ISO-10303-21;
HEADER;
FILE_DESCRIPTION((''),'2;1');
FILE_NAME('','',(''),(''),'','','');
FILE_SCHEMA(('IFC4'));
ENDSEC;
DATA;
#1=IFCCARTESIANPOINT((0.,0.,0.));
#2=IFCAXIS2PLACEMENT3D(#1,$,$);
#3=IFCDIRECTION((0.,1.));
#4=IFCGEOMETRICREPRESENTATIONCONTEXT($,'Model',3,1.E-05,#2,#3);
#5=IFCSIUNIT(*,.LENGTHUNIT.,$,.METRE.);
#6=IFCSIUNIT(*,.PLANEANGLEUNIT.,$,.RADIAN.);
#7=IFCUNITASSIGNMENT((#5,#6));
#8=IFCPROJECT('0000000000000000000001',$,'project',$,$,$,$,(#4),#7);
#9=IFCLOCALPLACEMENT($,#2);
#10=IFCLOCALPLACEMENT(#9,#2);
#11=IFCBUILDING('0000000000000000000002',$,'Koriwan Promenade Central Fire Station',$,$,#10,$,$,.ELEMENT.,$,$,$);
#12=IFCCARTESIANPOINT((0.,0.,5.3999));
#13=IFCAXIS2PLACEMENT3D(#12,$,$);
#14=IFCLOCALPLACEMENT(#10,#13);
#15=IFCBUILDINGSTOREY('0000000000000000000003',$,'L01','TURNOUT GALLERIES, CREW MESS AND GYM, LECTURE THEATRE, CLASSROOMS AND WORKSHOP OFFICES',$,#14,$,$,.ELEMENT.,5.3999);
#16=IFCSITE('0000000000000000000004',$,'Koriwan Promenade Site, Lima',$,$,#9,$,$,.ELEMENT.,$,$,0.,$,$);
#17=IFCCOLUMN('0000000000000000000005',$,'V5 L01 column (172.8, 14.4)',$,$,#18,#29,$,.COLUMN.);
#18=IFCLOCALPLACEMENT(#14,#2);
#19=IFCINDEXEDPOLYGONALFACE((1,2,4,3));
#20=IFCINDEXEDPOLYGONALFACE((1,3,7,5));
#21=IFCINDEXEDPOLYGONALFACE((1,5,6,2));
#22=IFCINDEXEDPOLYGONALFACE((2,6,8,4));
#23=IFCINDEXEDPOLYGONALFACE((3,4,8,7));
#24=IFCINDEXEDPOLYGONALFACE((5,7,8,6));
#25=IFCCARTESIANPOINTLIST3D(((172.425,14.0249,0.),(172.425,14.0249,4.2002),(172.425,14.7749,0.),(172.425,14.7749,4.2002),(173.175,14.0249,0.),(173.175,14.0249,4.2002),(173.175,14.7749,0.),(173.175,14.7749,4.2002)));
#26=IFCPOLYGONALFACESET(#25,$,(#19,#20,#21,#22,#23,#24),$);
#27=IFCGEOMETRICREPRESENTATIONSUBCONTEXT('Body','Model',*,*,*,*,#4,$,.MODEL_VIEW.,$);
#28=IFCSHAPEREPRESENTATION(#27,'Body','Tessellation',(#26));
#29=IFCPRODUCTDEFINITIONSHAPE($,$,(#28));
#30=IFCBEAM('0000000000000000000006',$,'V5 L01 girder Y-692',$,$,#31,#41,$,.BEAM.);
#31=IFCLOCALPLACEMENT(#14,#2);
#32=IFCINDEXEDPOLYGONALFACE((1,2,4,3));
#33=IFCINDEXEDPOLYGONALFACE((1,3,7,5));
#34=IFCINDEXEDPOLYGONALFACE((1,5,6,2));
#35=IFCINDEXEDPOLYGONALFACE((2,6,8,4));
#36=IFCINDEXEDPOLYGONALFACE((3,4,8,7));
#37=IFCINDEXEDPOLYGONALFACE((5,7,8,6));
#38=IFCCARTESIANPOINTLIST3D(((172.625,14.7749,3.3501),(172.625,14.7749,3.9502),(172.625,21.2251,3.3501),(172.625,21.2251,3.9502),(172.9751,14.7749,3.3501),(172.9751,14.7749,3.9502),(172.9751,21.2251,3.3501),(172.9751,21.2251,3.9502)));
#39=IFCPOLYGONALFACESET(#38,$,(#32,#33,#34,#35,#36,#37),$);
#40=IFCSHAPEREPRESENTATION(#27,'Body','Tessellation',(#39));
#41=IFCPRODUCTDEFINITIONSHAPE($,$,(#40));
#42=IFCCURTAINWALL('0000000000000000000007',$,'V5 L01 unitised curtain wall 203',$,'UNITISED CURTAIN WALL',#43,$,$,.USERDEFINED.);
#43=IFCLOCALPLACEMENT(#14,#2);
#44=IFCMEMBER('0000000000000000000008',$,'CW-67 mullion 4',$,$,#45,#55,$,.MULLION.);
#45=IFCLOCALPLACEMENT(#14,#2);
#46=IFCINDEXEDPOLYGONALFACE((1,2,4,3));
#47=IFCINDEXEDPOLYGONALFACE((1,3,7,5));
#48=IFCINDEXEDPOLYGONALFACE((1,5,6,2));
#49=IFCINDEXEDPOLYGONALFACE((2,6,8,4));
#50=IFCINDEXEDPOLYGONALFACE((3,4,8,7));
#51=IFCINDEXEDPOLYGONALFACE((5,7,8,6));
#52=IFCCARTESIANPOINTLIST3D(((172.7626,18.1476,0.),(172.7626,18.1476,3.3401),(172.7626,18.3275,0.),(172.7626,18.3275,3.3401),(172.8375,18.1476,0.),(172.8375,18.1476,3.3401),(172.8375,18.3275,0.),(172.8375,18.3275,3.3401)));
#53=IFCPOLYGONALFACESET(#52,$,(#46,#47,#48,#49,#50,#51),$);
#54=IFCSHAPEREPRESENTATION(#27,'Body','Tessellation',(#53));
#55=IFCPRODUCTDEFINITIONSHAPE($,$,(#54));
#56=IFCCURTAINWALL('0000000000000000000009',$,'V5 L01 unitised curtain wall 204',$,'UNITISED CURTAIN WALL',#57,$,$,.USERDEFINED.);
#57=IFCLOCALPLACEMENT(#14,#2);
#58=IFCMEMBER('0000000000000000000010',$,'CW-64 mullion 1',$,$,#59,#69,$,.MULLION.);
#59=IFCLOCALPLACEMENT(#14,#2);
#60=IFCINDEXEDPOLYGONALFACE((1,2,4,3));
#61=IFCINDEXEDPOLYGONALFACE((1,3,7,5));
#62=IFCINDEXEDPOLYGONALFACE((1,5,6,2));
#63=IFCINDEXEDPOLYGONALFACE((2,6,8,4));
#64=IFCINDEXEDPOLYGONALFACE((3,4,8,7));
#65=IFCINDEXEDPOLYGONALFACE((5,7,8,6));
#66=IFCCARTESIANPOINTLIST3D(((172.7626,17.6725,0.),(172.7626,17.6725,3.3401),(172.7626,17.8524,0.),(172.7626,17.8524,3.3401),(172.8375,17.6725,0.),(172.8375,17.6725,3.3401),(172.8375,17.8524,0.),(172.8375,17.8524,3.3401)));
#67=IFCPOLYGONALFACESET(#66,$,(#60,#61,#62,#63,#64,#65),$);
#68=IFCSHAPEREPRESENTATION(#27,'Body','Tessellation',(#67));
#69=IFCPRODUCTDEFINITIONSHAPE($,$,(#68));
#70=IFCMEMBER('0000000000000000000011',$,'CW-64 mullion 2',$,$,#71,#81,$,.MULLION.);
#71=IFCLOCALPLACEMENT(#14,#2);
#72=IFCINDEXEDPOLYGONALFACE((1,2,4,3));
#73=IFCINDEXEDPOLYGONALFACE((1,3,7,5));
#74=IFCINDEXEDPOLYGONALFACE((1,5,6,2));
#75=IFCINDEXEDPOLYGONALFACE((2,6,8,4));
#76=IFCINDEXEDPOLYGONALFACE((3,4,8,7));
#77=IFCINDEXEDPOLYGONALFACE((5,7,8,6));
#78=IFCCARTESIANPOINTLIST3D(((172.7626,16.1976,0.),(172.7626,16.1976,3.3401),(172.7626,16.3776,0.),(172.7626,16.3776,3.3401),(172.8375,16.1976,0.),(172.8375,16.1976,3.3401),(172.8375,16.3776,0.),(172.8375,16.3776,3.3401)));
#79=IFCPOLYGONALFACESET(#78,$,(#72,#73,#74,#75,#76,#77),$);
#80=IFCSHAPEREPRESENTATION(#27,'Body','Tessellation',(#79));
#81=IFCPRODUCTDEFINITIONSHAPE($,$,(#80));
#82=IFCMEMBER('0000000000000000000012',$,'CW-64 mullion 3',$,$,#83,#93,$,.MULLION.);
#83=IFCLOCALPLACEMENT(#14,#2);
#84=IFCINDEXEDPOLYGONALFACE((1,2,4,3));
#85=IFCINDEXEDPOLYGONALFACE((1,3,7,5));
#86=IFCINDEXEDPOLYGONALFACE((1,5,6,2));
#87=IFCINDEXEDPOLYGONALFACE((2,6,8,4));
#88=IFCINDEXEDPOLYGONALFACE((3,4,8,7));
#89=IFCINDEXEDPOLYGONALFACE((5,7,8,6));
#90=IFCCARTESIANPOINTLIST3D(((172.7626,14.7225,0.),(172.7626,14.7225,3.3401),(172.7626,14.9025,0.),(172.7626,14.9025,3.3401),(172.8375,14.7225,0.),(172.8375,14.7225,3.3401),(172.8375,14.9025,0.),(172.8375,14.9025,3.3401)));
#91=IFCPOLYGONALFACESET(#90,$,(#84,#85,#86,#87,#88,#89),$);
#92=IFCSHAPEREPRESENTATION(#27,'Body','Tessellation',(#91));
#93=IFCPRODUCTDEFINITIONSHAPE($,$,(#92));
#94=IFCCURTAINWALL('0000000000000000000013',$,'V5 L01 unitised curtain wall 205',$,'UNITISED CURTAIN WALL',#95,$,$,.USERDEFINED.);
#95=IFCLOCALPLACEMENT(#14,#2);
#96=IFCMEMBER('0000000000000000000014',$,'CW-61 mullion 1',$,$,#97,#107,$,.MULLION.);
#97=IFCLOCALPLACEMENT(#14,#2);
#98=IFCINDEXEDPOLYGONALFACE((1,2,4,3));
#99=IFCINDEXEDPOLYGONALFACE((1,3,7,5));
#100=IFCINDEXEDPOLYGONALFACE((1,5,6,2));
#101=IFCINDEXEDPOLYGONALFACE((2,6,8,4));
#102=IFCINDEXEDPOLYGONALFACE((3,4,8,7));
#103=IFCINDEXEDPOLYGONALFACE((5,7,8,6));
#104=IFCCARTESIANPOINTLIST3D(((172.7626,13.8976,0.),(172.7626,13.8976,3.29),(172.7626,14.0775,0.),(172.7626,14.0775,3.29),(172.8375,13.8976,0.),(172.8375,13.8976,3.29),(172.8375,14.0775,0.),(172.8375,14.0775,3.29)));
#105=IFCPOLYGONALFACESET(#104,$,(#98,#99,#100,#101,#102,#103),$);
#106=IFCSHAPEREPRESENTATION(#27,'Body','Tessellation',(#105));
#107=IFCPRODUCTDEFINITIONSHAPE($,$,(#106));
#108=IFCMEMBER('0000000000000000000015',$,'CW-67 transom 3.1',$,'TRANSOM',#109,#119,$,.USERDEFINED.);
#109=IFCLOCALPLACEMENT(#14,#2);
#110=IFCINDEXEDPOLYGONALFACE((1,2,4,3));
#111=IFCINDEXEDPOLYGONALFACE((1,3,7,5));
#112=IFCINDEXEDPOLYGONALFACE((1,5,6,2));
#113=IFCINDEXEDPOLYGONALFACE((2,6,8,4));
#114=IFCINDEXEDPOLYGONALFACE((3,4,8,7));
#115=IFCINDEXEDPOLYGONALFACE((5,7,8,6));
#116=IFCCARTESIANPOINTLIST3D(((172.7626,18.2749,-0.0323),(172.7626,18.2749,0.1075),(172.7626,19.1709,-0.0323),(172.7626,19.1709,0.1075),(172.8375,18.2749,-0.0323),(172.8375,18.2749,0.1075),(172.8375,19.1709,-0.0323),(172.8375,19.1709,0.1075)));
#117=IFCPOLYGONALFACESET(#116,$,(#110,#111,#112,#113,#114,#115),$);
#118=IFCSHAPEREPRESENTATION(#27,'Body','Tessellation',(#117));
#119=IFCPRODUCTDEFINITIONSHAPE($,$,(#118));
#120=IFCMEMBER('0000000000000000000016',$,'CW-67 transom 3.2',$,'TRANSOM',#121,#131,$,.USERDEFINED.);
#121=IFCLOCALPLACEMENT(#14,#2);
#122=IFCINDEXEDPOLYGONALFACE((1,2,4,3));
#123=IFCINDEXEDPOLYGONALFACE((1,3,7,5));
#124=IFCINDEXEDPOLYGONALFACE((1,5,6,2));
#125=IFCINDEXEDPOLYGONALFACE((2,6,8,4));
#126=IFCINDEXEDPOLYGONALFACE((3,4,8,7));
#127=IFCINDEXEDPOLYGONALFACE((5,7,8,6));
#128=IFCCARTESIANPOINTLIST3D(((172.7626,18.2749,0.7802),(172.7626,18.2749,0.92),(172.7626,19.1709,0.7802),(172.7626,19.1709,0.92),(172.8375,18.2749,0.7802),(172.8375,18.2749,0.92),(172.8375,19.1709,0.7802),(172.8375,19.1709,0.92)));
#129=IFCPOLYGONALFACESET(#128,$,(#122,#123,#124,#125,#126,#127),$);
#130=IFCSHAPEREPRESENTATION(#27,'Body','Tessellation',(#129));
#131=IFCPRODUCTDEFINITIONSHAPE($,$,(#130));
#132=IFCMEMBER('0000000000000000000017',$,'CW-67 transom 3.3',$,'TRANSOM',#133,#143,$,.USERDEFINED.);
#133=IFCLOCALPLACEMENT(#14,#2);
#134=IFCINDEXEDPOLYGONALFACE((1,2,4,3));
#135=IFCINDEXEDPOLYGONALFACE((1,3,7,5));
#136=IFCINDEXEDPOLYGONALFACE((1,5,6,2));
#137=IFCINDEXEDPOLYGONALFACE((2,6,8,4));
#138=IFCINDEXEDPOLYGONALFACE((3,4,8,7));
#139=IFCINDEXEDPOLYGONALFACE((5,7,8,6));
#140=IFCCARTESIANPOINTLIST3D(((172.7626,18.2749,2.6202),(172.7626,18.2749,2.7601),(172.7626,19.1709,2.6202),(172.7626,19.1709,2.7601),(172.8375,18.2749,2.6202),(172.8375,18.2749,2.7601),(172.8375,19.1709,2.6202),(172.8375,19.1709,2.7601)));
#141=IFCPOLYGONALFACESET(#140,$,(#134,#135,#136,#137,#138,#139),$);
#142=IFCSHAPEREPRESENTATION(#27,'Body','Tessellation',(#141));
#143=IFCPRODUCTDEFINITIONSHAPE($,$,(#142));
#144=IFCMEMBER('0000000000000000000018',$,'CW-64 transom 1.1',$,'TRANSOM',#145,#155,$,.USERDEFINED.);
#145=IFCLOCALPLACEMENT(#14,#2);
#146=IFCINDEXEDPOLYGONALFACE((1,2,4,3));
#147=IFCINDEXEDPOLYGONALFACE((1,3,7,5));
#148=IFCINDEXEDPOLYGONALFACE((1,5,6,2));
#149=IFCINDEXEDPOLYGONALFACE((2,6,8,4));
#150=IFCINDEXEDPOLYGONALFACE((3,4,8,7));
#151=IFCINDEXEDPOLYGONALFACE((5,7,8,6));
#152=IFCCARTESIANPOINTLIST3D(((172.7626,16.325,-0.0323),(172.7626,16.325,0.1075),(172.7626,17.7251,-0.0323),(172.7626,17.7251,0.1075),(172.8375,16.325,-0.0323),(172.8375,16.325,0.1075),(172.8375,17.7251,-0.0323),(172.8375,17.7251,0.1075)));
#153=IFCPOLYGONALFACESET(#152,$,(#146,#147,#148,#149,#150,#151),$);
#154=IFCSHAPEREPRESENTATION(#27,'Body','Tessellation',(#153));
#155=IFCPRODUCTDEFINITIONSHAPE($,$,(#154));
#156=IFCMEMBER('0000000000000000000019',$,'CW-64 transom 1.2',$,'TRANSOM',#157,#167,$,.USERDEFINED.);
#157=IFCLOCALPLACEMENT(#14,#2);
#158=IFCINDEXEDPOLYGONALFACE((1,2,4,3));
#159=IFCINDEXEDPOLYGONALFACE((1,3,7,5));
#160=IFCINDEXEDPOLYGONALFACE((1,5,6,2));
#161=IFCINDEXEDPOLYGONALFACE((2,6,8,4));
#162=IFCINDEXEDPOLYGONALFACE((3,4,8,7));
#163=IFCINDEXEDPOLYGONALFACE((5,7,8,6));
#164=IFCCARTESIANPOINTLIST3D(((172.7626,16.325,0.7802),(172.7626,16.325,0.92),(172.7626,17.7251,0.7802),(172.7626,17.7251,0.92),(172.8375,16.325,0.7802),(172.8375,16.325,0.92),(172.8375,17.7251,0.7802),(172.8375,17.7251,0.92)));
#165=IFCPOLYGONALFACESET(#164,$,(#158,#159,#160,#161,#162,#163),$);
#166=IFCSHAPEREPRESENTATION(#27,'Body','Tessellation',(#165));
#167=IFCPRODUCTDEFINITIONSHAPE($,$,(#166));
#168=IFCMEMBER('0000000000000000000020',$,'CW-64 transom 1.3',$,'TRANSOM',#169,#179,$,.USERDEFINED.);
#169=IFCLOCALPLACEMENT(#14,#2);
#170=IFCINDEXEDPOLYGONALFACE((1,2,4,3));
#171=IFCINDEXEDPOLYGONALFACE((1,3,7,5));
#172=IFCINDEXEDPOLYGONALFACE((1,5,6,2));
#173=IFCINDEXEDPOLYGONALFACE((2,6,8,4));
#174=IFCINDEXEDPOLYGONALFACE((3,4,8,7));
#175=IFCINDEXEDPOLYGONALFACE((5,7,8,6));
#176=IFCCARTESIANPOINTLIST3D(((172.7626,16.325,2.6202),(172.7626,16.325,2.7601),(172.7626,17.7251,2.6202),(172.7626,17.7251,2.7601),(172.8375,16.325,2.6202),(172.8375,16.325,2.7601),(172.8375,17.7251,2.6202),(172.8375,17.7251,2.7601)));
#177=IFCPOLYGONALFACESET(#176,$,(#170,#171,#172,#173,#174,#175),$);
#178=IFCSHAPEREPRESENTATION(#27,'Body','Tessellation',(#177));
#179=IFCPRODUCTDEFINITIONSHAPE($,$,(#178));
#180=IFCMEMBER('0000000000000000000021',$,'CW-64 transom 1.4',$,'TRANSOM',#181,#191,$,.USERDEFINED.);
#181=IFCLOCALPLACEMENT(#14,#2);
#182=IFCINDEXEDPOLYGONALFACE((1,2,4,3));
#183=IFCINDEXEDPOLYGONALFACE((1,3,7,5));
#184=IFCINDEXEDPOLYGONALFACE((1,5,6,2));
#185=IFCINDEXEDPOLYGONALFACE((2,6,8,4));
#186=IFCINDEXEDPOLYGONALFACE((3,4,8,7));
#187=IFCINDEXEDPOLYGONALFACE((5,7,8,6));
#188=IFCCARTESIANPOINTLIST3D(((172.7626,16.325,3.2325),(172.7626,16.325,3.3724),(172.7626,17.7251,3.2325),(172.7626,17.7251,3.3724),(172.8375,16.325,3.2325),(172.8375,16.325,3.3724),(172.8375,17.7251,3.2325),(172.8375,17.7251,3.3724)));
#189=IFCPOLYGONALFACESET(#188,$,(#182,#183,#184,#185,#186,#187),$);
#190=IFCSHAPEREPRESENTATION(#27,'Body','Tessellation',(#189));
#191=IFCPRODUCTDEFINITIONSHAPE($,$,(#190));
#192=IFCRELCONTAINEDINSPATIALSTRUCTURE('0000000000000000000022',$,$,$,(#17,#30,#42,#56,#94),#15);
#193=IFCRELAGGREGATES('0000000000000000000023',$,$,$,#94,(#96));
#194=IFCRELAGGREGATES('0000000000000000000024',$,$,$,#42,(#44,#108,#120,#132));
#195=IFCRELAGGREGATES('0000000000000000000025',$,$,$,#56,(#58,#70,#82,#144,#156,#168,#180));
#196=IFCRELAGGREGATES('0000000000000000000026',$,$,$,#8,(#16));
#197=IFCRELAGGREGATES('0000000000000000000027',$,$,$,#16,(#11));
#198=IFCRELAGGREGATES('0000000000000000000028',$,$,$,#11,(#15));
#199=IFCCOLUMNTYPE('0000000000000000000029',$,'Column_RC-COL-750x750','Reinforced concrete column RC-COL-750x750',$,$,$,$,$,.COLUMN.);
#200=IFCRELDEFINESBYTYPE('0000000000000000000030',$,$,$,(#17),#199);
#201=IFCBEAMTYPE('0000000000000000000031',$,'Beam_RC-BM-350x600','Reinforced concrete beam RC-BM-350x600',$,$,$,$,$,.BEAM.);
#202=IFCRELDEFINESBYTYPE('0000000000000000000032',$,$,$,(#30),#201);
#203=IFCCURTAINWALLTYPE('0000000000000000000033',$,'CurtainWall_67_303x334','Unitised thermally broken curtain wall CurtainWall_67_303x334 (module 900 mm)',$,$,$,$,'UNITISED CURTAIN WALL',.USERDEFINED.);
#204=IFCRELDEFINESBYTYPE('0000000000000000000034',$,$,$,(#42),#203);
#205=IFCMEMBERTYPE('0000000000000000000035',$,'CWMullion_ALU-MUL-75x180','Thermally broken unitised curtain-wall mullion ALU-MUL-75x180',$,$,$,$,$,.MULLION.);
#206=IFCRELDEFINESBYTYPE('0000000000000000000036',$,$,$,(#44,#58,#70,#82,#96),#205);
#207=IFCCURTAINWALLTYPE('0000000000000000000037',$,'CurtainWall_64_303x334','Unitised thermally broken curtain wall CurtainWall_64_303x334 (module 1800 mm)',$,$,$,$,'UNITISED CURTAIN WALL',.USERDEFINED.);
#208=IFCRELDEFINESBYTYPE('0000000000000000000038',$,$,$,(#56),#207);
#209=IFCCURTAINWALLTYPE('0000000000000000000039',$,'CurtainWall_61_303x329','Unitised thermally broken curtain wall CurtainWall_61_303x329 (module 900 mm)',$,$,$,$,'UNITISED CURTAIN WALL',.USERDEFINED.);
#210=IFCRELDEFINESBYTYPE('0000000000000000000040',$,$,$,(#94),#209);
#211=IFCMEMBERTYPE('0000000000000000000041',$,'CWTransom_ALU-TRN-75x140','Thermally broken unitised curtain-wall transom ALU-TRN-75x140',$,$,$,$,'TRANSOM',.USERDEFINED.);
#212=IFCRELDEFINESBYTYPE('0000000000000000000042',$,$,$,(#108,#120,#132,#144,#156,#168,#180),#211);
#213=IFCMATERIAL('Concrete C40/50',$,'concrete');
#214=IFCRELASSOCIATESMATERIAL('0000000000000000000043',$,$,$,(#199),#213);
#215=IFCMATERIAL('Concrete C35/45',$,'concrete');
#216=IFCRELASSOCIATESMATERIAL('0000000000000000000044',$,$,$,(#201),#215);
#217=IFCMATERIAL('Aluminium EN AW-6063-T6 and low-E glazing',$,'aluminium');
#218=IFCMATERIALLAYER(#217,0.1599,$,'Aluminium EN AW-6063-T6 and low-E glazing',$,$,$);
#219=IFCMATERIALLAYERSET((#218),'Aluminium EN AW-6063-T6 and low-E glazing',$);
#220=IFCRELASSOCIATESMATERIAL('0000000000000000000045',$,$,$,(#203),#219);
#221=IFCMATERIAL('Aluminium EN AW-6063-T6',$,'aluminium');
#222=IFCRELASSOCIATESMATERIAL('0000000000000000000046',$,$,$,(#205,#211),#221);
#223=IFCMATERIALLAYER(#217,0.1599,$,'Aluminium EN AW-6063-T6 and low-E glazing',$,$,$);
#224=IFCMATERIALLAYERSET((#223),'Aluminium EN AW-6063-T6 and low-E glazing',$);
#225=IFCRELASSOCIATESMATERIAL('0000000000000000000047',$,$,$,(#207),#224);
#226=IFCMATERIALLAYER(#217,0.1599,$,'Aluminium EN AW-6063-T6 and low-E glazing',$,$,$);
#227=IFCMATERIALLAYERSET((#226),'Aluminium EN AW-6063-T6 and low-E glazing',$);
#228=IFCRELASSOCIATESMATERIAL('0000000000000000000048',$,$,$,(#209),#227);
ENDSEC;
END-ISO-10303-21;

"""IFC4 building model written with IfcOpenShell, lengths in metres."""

from ifc_helpers import new_model, si_unit, direction, frame, origin, origin_2d, place, context, subcontext, project, spatial, rectangle, extrude, material, layer, layer_set, material_profile, profile_set, type_object, element, aggregate, save


model = new_model("IFC4")

# Units and contexts
model_context = context("Model", 3, precision=1e-05, world=origin(), true_north=direction((0.0, 1.0)))
body_context = subcontext(model_context, "Body", "Model", "MODEL_VIEW")
ifc_project = project(units=[si_unit("LENGTHUNIT", "METRE"), si_unit("PLANEANGLEUNIT", "RADIAN")], contexts=[model_context])

# Site, building, storey
site_placement = place(None, origin())
site = spatial("IfcSite", under=ifc_project, at=site_placement, Name="Koriwan Promenade Site, Lima", CompositionType="ELEMENT", RefElevation=0.0)
building_placement = place(site_placement, origin())
building = spatial("IfcBuilding", under=site, at=building_placement, Name="Koriwan Promenade Central Fire Station", CompositionType="ELEMENT")
storey_placement = place(building_placement, frame((0.0, 0.0, 5.3999)))
storey = spatial("IfcBuildingStorey", under=building, at=storey_placement, Name="L01", Description="TURNOUT GALLERIES, CREW MESS AND GYM, LECTURE THEATRE, CLASSROOMS AND WORKSHOP OFFICES", CompositionType="ELEMENT", Elevation=5.3999)

# Column
ifc_material_1 = material(Name="Concrete C40/50", Category="concrete")
ifc_material_profile_1 = material_profile(ifc_material_1, rectangle(XDim=0.75, YDim=0.75, at=origin_2d()), Name="RC-COL-750x750")
ifc_profile_set_1 = profile_set([ifc_material_profile_1], Name="Concrete C40/50")
column_type = type_object("IfcColumnType", Name="Column_RC-COL-750x750", Description="Reinforced concrete column RC-COL-750x750", PredefinedType="COLUMN", material=ifc_profile_set_1)
column_placement = place(storey_placement, frame((172.8, 14.3999, 0.0), z_axis=(0.0, 0.0, 1.0), x_axis=(1.0, 0.0, 0.0)))
element("IfcColumn", 1, at=column_placement, inside=storey, type_object=column_type, Name="V5 L01 column (172.8, 14.4)", PredefinedType="COLUMN", context=body_context, shape_type="SweptSolid", body=[
    extrude(rectangle(XDim=0.75, YDim=0.75, at=origin_2d()), origin(), (0.0, 0.0, 1.0), 4.2002),
])

# Beam
ifc_material_2 = material(Name="Concrete C35/45", Category="concrete")
ifc_material_profile_2 = material_profile(ifc_material_2, rectangle(XDim=0.3501, YDim=0.6001, at=origin_2d()), Name="RC-BM-350x600")
ifc_profile_set_2 = profile_set([ifc_material_profile_2], Name="Concrete C35/45")
beam_type = type_object("IfcBeamType", Name="Beam_RC-BM-350x600", Description="Reinforced concrete beam RC-BM-350x600", PredefinedType="BEAM", material=ifc_profile_set_2)
beam_placement = place(storey_placement, frame((172.8, 14.7749, 3.6501), z_axis=(0.0, 1.0, 0.0), x_axis=(-1.0, 0.0, 0.0)))
element("IfcBeam", 2, at=beam_placement, inside=storey, type_object=beam_type, Name="V5 L01 girder Y-692", PredefinedType="BEAM", context=body_context, shape_type="SweptSolid", body=[
    extrude(rectangle(XDim=0.3501, YDim=0.6001, at=origin_2d()), origin(), (0.0, 0.0, 1.0), 6.4502),
])

# Curtain wall, member
ifc_material_3 = material(Name="Aluminium EN AW-6063-T6 and low-E glazing", Category="aluminium")
ifc_layer_1 = layer(ifc_material_3, 0.1599, Name="Aluminium EN AW-6063-T6 and low-E glazing")
ifc_layer_set_1 = layer_set([ifc_layer_1], Name="Aluminium EN AW-6063-T6 and low-E glazing")
curtain_wall_type_1 = type_object("IfcCurtainWallType", Name="CurtainWall_67_303x334", Description="Unitised thermally broken curtain wall CurtainWall_67_303x334 (module 900 mm)", ElementType="UNITISED CURTAIN WALL", PredefinedType="USERDEFINED", material=ifc_layer_set_1)
curtain_wall_1_placement = place(storey_placement, origin())
curtain_wall_1 = element("IfcCurtainWall", 3, at=curtain_wall_1_placement, inside=storey, type_object=curtain_wall_type_1, Name="V5 L01 unitised curtain wall 203", ObjectType="UNITISED CURTAIN WALL", PredefinedType="USERDEFINED")
ifc_material_4 = material(Name="Aluminium EN AW-6063-T6", Category="aluminium")
ifc_material_profile_3 = material_profile(ifc_material_4, rectangle(XDim=0.075, YDim=0.1799, at=origin_2d()), Name="ALU-MUL-75x180")
ifc_profile_set_3 = profile_set([ifc_material_profile_3], Name="Aluminium EN AW-6063-T6")
member_type_1 = type_object("IfcMemberType", Name="CWMullion_ALU-MUL-75x180", Description="Thermally broken unitised curtain-wall mullion ALU-MUL-75x180", PredefinedType="MULLION", material=ifc_profile_set_3)
member_1_placement = place(storey_placement, frame((172.8, 18.2375, 0.0), z_axis=(0.0, 0.0, 1.0), x_axis=(1.0, 0.0, 0.0)))
member_1 = element("IfcMember", 4, at=member_1_placement, type_object=member_type_1, Name="CW-67 mullion 4", PredefinedType="MULLION", context=body_context, shape_type="SweptSolid", body=[
    extrude(rectangle(XDim=0.075, YDim=0.1799, at=origin_2d()), origin(), (0.0, 0.0, 1.0), 3.3401),
])

# Curtain wall, members
ifc_layer_2 = layer(ifc_material_3, 0.1599, Name="Aluminium EN AW-6063-T6 and low-E glazing")
ifc_layer_set_2 = layer_set([ifc_layer_2], Name="Aluminium EN AW-6063-T6 and low-E glazing")
curtain_wall_type_2 = type_object("IfcCurtainWallType", Name="CurtainWall_64_303x334", Description="Unitised thermally broken curtain wall CurtainWall_64_303x334 (module 1800 mm)", ElementType="UNITISED CURTAIN WALL", PredefinedType="USERDEFINED", material=ifc_layer_set_2)
curtain_wall_2_placement = place(storey_placement, origin())
curtain_wall_2 = element("IfcCurtainWall", 5, at=curtain_wall_2_placement, inside=storey, type_object=curtain_wall_type_2, Name="V5 L01 unitised curtain wall 204", ObjectType="UNITISED CURTAIN WALL", PredefinedType="USERDEFINED")
member_2_placement = place(storey_placement, frame((172.8, 17.7625, 0.0), z_axis=(0.0, 0.0, 1.0), x_axis=(1.0, 0.0, 0.0)))
member_2 = element("IfcMember", 6, at=member_2_placement, type_object=member_type_1, Name="CW-64 mullion 1", PredefinedType="MULLION", context=body_context, shape_type="SweptSolid", body=[
    extrude(rectangle(XDim=0.075, YDim=0.1799, at=origin_2d()), origin(), (0.0, 0.0, 1.0), 3.3401),
])
member_3_placement = place(storey_placement, frame((172.8, 16.2876, 0.0), z_axis=(0.0, 0.0, 1.0), x_axis=(1.0, 0.0, 0.0)))
member_3 = element("IfcMember", 7, at=member_3_placement, type_object=member_type_1, Name="CW-64 mullion 2", PredefinedType="MULLION", context=body_context, shape_type="SweptSolid", body=[
    extrude(rectangle(XDim=0.075, YDim=0.1799, at=origin_2d()), origin(), (0.0, 0.0, 1.0), 3.3401),
])
member_4_placement = place(storey_placement, frame((172.8, 14.8125, 0.0), z_axis=(0.0, 0.0, 1.0), x_axis=(1.0, 0.0, 0.0)))
member_4 = element("IfcMember", 8, at=member_4_placement, type_object=member_type_1, Name="CW-64 mullion 3", PredefinedType="MULLION", context=body_context, shape_type="SweptSolid", body=[
    extrude(rectangle(XDim=0.075, YDim=0.1799, at=origin_2d()), origin(), (0.0, 0.0, 1.0), 3.3401),
])

# Curtain wall, member
ifc_layer_3 = layer(ifc_material_3, 0.1599, Name="Aluminium EN AW-6063-T6 and low-E glazing")
ifc_layer_set_3 = layer_set([ifc_layer_3], Name="Aluminium EN AW-6063-T6 and low-E glazing")
curtain_wall_type_3 = type_object("IfcCurtainWallType", Name="CurtainWall_61_303x329", Description="Unitised thermally broken curtain wall CurtainWall_61_303x329 (module 900 mm)", ElementType="UNITISED CURTAIN WALL", PredefinedType="USERDEFINED", material=ifc_layer_set_3)
curtain_wall_3_placement = place(storey_placement, origin())
curtain_wall_3 = element("IfcCurtainWall", 9, at=curtain_wall_3_placement, inside=storey, type_object=curtain_wall_type_3, Name="V5 L01 unitised curtain wall 205", ObjectType="UNITISED CURTAIN WALL", PredefinedType="USERDEFINED")
member_5_placement = place(storey_placement, frame((172.8, 13.9875, 0.0), z_axis=(0.0, 0.0, 1.0), x_axis=(1.0, 0.0, 0.0)))
member_5 = element("IfcMember", 10, at=member_5_placement, type_object=member_type_1, Name="CW-61 mullion 1", PredefinedType="MULLION", context=body_context, shape_type="SweptSolid", body=[
    extrude(rectangle(XDim=0.075, YDim=0.1799, at=origin_2d()), origin(), (0.0, 0.0, 1.0), 3.29),
])
aggregate(curtain_wall_3, [member_5])

# Members
ifc_material_profile_4 = material_profile(ifc_material_4, rectangle(XDim=0.075, YDim=0.1399, at=origin_2d()), Name="ALU-TRN-75x140")
ifc_profile_set_4 = profile_set([ifc_material_profile_4], Name="Aluminium EN AW-6063-T6")
member_type_2 = type_object("IfcMemberType", Name="CWTransom_ALU-TRN-75x140", Description="Thermally broken unitised curtain-wall transom ALU-TRN-75x140", ElementType="TRANSOM", PredefinedType="USERDEFINED", material=ifc_profile_set_4)
member_6_placement = place(storey_placement, frame((172.8, 19.1709, 0.0376), z_axis=(0.0, -1.0, 0.0), x_axis=(1.0, 0.0, 0.0)))
member_6 = element("IfcMember", 11, at=member_6_placement, type_object=member_type_2, Name="CW-67 transom 3.1", ObjectType="TRANSOM", PredefinedType="USERDEFINED", context=body_context, shape_type="SweptSolid", body=[
    extrude(rectangle(XDim=0.075, YDim=0.1399, at=origin_2d()), origin(), (0.0, 0.0, 1.0), 0.896),
])
member_7_placement = place(storey_placement, frame((172.8, 19.1709, 0.8501), z_axis=(0.0, -1.0, 0.0), x_axis=(1.0, 0.0, 0.0)))
member_7 = element("IfcMember", 12, at=member_7_placement, type_object=member_type_2, Name="CW-67 transom 3.2", ObjectType="TRANSOM", PredefinedType="USERDEFINED", context=body_context, shape_type="SweptSolid", body=[
    extrude(rectangle(XDim=0.075, YDim=0.1399, at=origin_2d()), origin(), (0.0, 0.0, 1.0), 0.896),
])
member_8_placement = place(storey_placement, frame((172.8, 19.1709, 2.6902), z_axis=(0.0, -1.0, 0.0), x_axis=(1.0, 0.0, 0.0)))
member_8 = element("IfcMember", 13, at=member_8_placement, type_object=member_type_2, Name="CW-67 transom 3.3", ObjectType="TRANSOM", PredefinedType="USERDEFINED", context=body_context, shape_type="SweptSolid", body=[
    extrude(rectangle(XDim=0.075, YDim=0.1399, at=origin_2d()), origin(), (0.0, 0.0, 1.0), 0.896),
])
member_9_placement = place(storey_placement, frame((172.8, 17.7251, 0.0376), z_axis=(0.0, -1.0, 0.0), x_axis=(1.0, 0.0, 0.0)))
member_9 = element("IfcMember", 14, at=member_9_placement, type_object=member_type_2, Name="CW-64 transom 1.1", ObjectType="TRANSOM", PredefinedType="USERDEFINED", context=body_context, shape_type="SweptSolid", body=[
    extrude(rectangle(XDim=0.075, YDim=0.1399, at=origin_2d()), origin(), (0.0, 0.0, 1.0), 1.4001),
])
member_10_placement = place(storey_placement, frame((172.8, 17.7251, 0.8501), z_axis=(0.0, -1.0, 0.0), x_axis=(1.0, 0.0, 0.0)))
member_10 = element("IfcMember", 15, at=member_10_placement, type_object=member_type_2, Name="CW-64 transom 1.2", ObjectType="TRANSOM", PredefinedType="USERDEFINED", context=body_context, shape_type="SweptSolid", body=[
    extrude(rectangle(XDim=0.075, YDim=0.1399, at=origin_2d()), origin(), (0.0, 0.0, 1.0), 1.4001),
])
member_11_placement = place(storey_placement, frame((172.8, 17.7251, 2.6902), z_axis=(0.0, -1.0, 0.0), x_axis=(1.0, 0.0, 0.0)))
member_11 = element("IfcMember", 16, at=member_11_placement, type_object=member_type_2, Name="CW-64 transom 1.3", ObjectType="TRANSOM", PredefinedType="USERDEFINED", context=body_context, shape_type="SweptSolid", body=[
    extrude(rectangle(XDim=0.075, YDim=0.1399, at=origin_2d()), origin(), (0.0, 0.0, 1.0), 1.4001),
])
member_12_placement = place(storey_placement, frame((172.8, 17.7251, 3.3025), z_axis=(0.0, -1.0, 0.0), x_axis=(1.0, 0.0, 0.0)))
member_12 = element("IfcMember", 17, at=member_12_placement, type_object=member_type_2, Name="CW-64 transom 1.4", ObjectType="TRANSOM", PredefinedType="USERDEFINED", context=body_context, shape_type="SweptSolid", body=[
    extrude(rectangle(XDim=0.075, YDim=0.1399, at=origin_2d()), origin(), (0.0, 0.0, 1.0), 1.4001),
])

aggregate(curtain_wall_1, [member_1, member_6, member_7, member_8])
aggregate(curtain_wall_2, [member_2, member_3, member_4, member_9, member_10, member_11, member_12])

save(model, "model.ifc")
